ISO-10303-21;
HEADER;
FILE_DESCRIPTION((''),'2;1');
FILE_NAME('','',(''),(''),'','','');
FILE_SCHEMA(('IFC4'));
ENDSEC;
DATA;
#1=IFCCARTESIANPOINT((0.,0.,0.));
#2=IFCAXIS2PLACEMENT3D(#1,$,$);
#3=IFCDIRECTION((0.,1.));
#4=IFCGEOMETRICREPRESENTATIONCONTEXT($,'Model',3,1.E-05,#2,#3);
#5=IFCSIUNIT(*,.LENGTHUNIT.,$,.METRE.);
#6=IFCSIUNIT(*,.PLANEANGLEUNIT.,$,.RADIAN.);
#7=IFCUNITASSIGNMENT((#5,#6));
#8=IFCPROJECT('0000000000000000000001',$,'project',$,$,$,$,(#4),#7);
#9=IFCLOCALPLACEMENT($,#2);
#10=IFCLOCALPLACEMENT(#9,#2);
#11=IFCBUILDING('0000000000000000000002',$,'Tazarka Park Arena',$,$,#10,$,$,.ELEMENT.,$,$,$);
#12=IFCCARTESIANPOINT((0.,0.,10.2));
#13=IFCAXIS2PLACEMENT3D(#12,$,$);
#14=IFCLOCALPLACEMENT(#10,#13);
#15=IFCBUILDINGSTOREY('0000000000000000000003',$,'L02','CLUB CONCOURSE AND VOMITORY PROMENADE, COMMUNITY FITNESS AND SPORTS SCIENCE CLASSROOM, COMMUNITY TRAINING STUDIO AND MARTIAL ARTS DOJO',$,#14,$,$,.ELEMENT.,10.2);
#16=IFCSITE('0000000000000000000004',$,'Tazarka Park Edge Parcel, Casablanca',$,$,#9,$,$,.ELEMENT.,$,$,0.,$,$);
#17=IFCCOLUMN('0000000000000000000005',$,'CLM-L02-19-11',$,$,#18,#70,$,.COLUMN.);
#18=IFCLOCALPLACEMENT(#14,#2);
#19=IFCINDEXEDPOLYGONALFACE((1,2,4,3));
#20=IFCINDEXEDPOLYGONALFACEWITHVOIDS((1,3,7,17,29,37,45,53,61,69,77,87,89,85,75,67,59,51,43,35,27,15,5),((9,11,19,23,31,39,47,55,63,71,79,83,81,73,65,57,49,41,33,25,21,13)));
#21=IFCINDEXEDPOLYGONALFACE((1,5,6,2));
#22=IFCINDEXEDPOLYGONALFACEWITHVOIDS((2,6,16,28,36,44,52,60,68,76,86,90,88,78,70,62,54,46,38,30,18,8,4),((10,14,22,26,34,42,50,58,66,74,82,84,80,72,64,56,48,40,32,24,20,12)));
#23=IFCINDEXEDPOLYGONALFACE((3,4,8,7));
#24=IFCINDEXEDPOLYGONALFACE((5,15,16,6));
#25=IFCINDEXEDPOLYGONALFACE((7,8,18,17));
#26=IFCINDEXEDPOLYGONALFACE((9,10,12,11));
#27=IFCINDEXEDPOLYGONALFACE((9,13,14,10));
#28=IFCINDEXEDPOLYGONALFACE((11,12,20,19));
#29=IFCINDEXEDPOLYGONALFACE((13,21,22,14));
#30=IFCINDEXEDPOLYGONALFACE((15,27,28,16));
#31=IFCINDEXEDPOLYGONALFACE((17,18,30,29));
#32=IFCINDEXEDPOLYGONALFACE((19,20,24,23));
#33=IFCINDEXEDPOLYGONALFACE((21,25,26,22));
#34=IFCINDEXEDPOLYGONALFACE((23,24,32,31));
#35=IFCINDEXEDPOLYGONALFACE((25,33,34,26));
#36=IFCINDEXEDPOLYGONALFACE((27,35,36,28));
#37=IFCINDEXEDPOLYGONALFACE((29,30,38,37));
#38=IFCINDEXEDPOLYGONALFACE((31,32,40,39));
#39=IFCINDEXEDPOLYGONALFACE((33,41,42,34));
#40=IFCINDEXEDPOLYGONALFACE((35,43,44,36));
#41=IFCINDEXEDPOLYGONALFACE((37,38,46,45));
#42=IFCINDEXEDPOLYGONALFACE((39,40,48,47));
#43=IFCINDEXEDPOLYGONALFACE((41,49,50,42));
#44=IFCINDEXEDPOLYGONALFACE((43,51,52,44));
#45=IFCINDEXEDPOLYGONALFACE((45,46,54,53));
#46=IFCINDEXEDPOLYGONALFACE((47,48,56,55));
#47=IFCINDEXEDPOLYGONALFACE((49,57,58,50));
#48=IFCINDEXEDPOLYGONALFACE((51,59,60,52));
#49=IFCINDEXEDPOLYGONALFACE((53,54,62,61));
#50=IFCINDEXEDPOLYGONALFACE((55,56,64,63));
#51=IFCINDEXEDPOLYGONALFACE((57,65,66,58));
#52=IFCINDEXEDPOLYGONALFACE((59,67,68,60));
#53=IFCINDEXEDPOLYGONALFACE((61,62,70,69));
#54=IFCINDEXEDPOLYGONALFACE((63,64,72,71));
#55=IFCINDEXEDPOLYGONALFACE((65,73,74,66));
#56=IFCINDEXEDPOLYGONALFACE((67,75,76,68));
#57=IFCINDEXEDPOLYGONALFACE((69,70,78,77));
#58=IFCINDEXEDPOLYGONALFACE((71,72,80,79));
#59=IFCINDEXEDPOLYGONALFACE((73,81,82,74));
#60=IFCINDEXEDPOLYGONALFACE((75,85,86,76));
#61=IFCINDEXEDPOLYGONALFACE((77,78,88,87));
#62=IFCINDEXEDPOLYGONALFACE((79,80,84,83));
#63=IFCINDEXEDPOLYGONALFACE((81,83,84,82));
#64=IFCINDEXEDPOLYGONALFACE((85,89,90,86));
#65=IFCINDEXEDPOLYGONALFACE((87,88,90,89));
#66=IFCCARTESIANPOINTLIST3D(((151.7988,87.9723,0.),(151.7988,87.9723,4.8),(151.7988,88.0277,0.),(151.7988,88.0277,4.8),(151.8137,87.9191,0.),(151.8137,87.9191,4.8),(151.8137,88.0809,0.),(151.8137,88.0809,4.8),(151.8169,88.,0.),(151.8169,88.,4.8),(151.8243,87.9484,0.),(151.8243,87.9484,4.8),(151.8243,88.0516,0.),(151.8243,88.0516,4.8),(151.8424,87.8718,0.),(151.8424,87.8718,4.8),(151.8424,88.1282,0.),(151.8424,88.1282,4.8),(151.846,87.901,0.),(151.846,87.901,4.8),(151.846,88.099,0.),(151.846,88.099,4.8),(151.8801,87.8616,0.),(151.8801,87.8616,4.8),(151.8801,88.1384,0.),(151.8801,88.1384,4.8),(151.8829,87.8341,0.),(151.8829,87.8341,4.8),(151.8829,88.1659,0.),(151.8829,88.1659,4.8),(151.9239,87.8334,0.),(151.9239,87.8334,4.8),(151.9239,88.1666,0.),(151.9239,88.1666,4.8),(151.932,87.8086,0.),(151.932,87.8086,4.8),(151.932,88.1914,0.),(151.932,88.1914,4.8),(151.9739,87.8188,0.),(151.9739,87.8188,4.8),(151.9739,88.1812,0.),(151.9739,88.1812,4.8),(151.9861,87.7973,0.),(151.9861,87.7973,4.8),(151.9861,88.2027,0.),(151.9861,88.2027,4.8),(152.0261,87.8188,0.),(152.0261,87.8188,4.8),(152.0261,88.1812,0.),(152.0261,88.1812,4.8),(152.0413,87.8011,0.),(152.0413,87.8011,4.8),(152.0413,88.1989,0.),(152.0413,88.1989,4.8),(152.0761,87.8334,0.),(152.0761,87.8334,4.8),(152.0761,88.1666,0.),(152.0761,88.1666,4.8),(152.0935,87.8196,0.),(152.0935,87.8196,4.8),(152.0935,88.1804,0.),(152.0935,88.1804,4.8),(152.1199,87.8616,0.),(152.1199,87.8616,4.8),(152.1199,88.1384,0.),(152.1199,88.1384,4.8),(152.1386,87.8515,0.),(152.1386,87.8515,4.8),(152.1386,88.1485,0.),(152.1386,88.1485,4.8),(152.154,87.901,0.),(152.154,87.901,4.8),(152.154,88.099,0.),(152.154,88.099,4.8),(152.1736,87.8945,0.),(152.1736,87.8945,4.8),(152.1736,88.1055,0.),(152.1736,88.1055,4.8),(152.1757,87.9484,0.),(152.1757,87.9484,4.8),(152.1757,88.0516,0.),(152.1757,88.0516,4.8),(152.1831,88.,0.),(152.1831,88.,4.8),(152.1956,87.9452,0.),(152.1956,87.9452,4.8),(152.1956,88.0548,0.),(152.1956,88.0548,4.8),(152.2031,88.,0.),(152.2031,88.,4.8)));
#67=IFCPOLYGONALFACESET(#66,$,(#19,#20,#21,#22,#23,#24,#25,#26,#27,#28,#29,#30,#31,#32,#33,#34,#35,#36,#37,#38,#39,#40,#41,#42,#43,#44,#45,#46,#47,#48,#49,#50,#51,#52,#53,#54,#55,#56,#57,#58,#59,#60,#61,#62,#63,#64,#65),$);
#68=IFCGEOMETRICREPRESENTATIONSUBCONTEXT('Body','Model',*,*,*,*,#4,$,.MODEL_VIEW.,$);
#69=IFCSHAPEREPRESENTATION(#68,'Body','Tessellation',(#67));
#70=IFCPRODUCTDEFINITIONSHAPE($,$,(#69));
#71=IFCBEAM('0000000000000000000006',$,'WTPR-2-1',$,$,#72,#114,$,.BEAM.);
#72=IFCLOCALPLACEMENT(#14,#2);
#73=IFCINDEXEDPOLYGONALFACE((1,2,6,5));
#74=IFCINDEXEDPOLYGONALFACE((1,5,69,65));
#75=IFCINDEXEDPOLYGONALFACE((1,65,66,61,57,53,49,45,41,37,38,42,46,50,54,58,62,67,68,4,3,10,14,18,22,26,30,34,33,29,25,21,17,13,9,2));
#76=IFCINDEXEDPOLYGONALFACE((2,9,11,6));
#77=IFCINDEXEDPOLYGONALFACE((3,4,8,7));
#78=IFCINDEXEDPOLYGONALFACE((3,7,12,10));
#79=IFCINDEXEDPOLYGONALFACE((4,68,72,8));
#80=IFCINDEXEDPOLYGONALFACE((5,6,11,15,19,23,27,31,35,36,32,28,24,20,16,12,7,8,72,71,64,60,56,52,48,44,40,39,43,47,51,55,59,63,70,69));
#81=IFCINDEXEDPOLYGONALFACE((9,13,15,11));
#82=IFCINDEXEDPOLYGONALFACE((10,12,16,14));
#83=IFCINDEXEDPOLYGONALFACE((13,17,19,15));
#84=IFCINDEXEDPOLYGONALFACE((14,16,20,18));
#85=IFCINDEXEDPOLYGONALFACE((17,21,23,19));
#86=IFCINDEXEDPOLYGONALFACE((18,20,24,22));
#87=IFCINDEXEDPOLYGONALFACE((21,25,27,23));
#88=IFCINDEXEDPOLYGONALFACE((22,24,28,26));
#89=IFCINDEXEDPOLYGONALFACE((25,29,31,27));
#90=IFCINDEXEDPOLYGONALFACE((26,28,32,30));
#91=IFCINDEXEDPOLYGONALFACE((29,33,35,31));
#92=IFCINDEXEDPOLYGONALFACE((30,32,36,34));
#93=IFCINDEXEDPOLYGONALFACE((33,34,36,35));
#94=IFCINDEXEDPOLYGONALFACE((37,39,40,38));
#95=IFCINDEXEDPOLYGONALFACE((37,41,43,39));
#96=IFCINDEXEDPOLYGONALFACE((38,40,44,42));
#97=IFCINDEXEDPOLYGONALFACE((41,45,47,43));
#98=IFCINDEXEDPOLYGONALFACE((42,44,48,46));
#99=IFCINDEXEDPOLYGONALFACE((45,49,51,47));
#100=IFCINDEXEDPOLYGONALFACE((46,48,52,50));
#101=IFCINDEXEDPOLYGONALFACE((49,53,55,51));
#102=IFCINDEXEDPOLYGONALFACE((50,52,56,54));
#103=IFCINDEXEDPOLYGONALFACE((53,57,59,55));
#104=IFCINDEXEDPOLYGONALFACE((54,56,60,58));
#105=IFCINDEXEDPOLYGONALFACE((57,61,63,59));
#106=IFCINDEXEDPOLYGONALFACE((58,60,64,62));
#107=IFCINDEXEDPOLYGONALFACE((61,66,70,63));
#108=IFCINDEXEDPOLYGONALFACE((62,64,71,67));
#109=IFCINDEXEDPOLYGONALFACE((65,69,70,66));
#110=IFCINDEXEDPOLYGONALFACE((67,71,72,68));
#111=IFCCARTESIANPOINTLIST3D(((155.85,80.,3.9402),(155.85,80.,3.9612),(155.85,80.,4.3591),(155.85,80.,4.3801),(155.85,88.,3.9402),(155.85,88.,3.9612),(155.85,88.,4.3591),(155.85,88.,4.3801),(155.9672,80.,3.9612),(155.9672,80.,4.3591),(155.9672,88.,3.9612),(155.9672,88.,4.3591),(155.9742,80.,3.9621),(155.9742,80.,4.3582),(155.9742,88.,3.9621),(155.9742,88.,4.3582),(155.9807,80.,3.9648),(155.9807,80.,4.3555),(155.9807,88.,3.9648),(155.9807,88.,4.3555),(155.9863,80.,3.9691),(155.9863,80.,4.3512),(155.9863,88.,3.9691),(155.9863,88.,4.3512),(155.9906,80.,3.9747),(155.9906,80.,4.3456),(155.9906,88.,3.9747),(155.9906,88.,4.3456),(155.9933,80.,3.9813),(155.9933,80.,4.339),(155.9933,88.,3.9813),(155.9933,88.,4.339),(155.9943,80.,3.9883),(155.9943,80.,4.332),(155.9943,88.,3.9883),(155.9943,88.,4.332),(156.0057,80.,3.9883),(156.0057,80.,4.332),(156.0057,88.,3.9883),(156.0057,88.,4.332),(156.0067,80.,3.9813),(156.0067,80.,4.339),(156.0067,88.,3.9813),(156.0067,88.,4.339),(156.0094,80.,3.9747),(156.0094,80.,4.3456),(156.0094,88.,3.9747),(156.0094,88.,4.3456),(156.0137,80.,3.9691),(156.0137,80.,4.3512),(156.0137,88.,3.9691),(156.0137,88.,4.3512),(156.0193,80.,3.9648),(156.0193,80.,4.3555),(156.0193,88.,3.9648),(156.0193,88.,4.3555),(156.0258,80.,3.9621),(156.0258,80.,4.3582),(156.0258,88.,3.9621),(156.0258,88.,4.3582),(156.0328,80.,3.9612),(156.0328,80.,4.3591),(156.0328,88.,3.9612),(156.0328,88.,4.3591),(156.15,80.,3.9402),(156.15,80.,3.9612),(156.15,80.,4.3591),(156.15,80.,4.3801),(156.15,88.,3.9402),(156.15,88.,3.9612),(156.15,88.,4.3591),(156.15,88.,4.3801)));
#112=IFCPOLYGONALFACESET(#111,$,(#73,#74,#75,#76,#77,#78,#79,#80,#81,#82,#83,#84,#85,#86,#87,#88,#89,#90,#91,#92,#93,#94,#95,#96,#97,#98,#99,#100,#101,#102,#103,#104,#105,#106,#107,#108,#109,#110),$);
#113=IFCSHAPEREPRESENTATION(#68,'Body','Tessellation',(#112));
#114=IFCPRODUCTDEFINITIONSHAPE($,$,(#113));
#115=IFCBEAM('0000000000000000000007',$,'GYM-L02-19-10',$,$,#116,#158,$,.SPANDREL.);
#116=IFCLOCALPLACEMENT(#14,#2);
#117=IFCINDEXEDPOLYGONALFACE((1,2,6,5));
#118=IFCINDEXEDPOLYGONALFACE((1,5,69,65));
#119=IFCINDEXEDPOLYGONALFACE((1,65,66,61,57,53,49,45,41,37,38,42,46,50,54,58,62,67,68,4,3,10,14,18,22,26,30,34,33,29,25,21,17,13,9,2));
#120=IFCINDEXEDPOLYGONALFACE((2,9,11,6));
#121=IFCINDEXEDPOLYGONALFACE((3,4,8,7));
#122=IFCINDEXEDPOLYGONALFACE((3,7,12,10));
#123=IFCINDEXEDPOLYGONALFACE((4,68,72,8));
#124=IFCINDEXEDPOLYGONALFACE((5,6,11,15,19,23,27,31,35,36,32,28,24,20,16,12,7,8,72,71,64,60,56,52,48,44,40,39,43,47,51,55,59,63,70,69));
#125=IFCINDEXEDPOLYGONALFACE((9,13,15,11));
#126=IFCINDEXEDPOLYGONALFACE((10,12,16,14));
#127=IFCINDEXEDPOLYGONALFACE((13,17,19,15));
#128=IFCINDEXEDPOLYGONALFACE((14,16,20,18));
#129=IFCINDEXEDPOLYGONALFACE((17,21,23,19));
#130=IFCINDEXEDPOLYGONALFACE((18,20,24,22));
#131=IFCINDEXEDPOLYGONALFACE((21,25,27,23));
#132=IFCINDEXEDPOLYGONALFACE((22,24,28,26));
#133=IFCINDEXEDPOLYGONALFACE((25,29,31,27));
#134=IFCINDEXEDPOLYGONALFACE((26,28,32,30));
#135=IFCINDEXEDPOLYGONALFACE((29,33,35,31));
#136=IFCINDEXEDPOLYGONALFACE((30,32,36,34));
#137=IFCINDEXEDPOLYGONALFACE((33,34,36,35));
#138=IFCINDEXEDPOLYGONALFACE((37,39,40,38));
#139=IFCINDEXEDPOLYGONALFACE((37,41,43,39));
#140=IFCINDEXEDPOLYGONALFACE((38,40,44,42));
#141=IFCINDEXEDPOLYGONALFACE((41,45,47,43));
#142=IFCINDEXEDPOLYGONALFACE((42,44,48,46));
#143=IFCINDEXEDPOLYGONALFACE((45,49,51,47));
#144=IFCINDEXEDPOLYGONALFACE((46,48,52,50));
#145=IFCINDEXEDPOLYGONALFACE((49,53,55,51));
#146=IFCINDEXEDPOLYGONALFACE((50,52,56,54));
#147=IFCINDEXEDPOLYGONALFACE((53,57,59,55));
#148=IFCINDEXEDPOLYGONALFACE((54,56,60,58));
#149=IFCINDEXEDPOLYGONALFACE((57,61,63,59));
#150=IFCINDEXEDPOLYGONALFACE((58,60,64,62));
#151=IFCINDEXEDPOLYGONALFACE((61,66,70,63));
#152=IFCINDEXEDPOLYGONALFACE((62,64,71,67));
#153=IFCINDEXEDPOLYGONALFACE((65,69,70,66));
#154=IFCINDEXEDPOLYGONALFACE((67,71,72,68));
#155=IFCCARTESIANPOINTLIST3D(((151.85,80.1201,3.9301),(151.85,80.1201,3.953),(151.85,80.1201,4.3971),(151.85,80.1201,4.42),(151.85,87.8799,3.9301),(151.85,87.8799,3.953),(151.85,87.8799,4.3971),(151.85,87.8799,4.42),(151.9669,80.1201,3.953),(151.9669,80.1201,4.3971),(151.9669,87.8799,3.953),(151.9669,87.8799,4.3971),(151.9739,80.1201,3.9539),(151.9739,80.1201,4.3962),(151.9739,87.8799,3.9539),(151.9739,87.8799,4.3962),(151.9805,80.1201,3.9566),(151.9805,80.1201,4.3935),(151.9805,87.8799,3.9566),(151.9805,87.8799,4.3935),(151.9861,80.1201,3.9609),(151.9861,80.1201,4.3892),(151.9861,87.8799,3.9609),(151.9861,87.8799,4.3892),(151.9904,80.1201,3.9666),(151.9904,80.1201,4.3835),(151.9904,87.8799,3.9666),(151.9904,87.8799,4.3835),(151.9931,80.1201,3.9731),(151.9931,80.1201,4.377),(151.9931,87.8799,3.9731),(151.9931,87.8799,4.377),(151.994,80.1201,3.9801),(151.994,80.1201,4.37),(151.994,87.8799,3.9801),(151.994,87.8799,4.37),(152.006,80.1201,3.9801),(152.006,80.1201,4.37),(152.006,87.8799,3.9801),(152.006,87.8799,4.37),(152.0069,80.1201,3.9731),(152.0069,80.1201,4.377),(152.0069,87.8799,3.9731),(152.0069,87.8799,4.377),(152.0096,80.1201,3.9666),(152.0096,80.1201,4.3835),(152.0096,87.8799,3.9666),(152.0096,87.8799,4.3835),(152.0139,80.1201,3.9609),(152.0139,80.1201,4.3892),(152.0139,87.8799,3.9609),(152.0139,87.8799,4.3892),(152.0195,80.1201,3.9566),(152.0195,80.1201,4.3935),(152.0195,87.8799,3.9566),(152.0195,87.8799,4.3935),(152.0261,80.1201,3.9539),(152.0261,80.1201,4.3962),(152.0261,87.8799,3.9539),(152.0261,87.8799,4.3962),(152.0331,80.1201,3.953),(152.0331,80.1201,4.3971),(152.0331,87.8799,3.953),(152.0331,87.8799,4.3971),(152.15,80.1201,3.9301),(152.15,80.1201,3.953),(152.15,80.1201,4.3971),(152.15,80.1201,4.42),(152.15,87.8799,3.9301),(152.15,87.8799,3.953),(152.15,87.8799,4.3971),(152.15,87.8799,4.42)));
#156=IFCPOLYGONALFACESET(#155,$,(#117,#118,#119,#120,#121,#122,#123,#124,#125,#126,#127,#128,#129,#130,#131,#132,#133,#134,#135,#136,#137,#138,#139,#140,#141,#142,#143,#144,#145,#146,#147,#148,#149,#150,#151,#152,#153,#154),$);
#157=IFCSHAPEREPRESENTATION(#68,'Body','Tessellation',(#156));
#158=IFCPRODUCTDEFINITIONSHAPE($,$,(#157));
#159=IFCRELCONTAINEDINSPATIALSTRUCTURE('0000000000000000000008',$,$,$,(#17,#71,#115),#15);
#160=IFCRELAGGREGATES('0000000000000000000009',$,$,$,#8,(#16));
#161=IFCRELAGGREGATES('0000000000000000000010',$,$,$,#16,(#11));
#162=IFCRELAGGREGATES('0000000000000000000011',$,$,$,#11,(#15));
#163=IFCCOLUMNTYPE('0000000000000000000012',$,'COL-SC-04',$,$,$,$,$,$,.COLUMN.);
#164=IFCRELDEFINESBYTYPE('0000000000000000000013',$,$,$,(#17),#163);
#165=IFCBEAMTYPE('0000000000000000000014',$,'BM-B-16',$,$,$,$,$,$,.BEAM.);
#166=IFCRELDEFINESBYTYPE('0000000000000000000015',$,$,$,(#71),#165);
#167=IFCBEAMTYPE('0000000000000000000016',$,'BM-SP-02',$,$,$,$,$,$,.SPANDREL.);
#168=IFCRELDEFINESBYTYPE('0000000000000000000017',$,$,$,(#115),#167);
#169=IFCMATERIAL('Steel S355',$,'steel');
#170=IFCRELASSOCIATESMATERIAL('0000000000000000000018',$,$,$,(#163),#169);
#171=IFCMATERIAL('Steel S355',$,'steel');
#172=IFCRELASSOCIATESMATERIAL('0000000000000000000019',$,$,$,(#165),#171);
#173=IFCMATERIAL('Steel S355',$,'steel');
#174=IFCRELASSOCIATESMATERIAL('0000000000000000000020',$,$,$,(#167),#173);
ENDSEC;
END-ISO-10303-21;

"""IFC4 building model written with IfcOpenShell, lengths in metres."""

from ifc_helpers import new_model, si_unit, direction, frame, origin, origin_2d, place, context, subcontext, project, spatial, hollow_circle, i_section, extrude, material, material_profile, profile_set, type_object, element, save


model = new_model("IFC4")

# Units and contexts
model_context = context("Model", 3, precision=1e-05, world=origin(), true_north=direction((0.0, 1.0)))
body_context = subcontext(model_context, "Body", "Model", "MODEL_VIEW")
ifc_project = project(units=[si_unit("LENGTHUNIT", "METRE"), si_unit("PLANEANGLEUNIT", "RADIAN")], contexts=[model_context])

# Site, building, storey
site_placement = place(None, origin())
site = spatial("IfcSite", under=ifc_project, at=site_placement, Name="Tazarka Park Edge Parcel, Casablanca", CompositionType="ELEMENT", RefElevation=0.0)
building_placement = place(site_placement, origin())
building = spatial("IfcBuilding", under=site, at=building_placement, Name="Tazarka Park Arena", CompositionType="ELEMENT")
storey_placement = place(building_placement, frame((0.0, 0.0, 10.2)))
storey = spatial("IfcBuildingStorey", under=building, at=storey_placement, Name="L02", Description="CLUB CONCOURSE AND VOMITORY PROMENADE, COMMUNITY FITNESS AND SPORTS SCIENCE CLASSROOM, COMMUNITY TRAINING STUDIO AND MARTIAL ARTS DOJO", CompositionType="ELEMENT", Elevation=10.2)

# Column
ifc_material_1 = material(Name="Steel S355", Category="steel")
ifc_material_profile_1 = material_profile(ifc_material_1, hollow_circle(Radius=0.2031, WallThickness=0.02, at=origin_2d()), Name="Steel S355")
ifc_profile_set_1 = profile_set([ifc_material_profile_1], Name="Steel S355")
column_type = type_object("IfcColumnType", Name="COL-SC-04", PredefinedType="COLUMN", material=ifc_profile_set_1)
column_placement = place(storey_placement, frame((152.0, 88.0, 0.0), z_axis=(0.0, 0.0, 1.0), x_axis=(1.0, 0.0, 0.0)))
element("IfcColumn", 1, at=column_placement, inside=storey, type_object=column_type, Name="CLM-L02-19-11", PredefinedType="COLUMN", context=body_context, shape_type="SweptSolid", body=[
    extrude(hollow_circle(Radius=0.2031, WallThickness=0.02, at=origin_2d()), origin(), (0.0, 0.0, 1.0), 4.8),
])

# Beams
ifc_material_2 = material(Name="Steel S355", Category="steel")
ifc_material_profile_2 = material_profile(ifc_material_2, i_section(OverallWidth=0.3, OverallDepth=0.4399, WebThickness=0.0115, FlangeThickness=0.021, FilletRadius=0.0271, at=origin_2d()), Name="Steel S355")
ifc_profile_set_2 = profile_set([ifc_material_profile_2], Name="Steel S355")
beam_type_1 = type_object("IfcBeamType", Name="BM-B-16", PredefinedType="BEAM", material=ifc_profile_set_2)
beam_1_placement = place(storey_placement, frame((156.0, 80.0, 4.1602), z_axis=(0.0, 1.0, 0.0), x_axis=(-1.0, 0.0, 0.0)))
element("IfcBeam", 2, at=beam_1_placement, inside=storey, type_object=beam_type_1, Name="WTPR-2-1", PredefinedType="BEAM", context=body_context, shape_type="SweptSolid", body=[
    extrude(i_section(OverallWidth=0.3, OverallDepth=0.4399, WebThickness=0.0115, FlangeThickness=0.021, FilletRadius=0.0271, at=origin_2d()), origin(), (0.0, 0.0, 1.0), 8.0),
])
ifc_material_3 = material(Name="Steel S355", Category="steel")
ifc_material_profile_3 = material_profile(ifc_material_3, i_section(OverallWidth=0.3, OverallDepth=0.49, WebThickness=0.012, FlangeThickness=0.0229, FilletRadius=0.0271, at=origin_2d()), Name="Steel S355")
ifc_profile_set_3 = profile_set([ifc_material_profile_3], Name="Steel S355")
beam_type_2 = type_object("IfcBeamType", Name="BM-SP-02", PredefinedType="SPANDREL", material=ifc_profile_set_3)
beam_2_placement = place(storey_placement, frame((152.0, 80.1201, 4.175), z_axis=(0.0, 1.0, 0.0), x_axis=(-1.0, 0.0, 0.0)))
element("IfcBeam", 3, at=beam_2_placement, inside=storey, type_object=beam_type_2, Name="GYM-L02-19-10", PredefinedType="SPANDREL", context=body_context, shape_type="SweptSolid", body=[
    extrude(i_section(OverallWidth=0.3, OverallDepth=0.49, WebThickness=0.012, FlangeThickness=0.0229, FilletRadius=0.0271, at=origin_2d()), origin(), (0.0, 0.0, 1.0), 7.7598),
])

save(model, "model.ifc")
